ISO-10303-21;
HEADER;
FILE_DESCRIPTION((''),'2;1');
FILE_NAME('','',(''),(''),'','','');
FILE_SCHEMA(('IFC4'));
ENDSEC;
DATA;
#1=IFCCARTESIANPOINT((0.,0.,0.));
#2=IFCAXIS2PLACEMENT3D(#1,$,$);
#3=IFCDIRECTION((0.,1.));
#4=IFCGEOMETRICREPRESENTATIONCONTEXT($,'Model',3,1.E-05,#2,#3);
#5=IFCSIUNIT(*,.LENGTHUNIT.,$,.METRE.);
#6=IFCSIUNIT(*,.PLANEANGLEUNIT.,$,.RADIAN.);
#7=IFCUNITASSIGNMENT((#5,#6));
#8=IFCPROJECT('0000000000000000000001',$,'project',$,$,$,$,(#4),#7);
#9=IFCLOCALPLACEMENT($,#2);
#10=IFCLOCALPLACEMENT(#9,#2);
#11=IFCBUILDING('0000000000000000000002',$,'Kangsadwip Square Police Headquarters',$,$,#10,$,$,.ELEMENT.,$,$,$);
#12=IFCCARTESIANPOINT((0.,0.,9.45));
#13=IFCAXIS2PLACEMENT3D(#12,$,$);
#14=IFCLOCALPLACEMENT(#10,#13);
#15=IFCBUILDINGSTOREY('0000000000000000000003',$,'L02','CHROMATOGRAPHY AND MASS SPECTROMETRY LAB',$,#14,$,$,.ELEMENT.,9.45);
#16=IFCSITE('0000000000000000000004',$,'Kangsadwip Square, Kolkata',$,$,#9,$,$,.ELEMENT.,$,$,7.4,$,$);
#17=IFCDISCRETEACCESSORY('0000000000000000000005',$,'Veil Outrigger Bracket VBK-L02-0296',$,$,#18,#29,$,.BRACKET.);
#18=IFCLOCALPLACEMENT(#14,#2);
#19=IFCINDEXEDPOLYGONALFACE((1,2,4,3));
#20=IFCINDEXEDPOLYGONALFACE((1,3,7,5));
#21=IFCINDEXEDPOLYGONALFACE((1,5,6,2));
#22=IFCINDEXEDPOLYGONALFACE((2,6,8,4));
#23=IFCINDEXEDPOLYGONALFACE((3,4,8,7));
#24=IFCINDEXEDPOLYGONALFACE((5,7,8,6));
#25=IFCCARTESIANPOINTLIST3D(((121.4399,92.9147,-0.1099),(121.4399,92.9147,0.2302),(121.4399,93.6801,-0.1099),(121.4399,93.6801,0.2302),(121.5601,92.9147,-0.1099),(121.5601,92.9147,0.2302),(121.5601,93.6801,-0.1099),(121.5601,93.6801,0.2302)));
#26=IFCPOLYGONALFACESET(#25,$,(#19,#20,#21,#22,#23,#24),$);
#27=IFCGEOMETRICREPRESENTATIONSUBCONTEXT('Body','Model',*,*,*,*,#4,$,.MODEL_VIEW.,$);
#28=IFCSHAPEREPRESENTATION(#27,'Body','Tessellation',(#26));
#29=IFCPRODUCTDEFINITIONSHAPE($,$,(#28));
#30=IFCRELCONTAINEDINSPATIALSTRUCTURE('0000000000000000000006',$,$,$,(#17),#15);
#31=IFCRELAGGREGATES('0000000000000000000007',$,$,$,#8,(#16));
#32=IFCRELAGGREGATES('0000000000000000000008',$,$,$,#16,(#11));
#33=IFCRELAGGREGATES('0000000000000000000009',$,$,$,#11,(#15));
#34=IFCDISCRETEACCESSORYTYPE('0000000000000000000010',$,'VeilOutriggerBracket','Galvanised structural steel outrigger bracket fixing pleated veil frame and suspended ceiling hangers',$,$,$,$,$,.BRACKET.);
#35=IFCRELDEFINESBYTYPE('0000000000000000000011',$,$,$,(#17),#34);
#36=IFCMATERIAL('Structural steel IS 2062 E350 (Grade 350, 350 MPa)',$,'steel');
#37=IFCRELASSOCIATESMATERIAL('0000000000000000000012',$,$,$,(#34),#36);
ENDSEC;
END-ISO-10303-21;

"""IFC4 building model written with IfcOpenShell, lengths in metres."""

from ifc_helpers import new_model, si_unit, direction, frame, origin, origin_2d, place, context, subcontext, project, spatial, rectangle, extrude, material, type_object, element, save


model = new_model("IFC4")

# Units and contexts
model_context = context("Model", 3, precision=1e-05, world=origin(), true_north=direction((0.0, 1.0)))
body_context = subcontext(model_context, "Body", "Model", "MODEL_VIEW")
ifc_project = project(units=[si_unit("LENGTHUNIT", "METRE"), si_unit("PLANEANGLEUNIT", "RADIAN")], contexts=[model_context])

# Site, building, storey
site_placement = place(None, origin())
site = spatial("IfcSite", under=ifc_project, at=site_placement, Name="Kangsadwip Square, Kolkata", CompositionType="ELEMENT", RefElevation=7.4)
building_placement = place(site_placement, origin())
building = spatial("IfcBuilding", under=site, at=building_placement, Name="Kangsadwip Square Police Headquarters", CompositionType="ELEMENT")
storey_placement = place(building_placement, frame((0.0, 0.0, 9.45)))
storey = spatial("IfcBuildingStorey", under=building, at=storey_placement, Name="L02", Description="CHROMATOGRAPHY AND MASS SPECTROMETRY LAB", CompositionType="ELEMENT", Elevation=9.45)

# Discrete accessory
ifc_material_1 = material(Name="Structural steel IS 2062 E350 (Grade 350, 350 MPa)", Category="steel")
discrete_accessory_type = type_object("IfcDiscreteAccessoryType", Name="VeilOutriggerBracket", Description="Galvanised structural steel outrigger bracket fixing pleated veil frame and suspended ceiling hangers", PredefinedType="BRACKET", material=ifc_material_1)
discrete_accessory_placement = place(storey_placement, frame((121.5, 93.2974, -0.1099), z_axis=(0.0, 0.0, 1.0), x_axis=(1.0, 0.0, 0.0)))
element("IfcDiscreteAccessory", 1, at=discrete_accessory_placement, inside=storey, type_object=discrete_accessory_type, Name="Veil Outrigger Bracket VBK-L02-0296", PredefinedType="BRACKET", context=body_context, shape_type="SweptSolid", body=[
    extrude(rectangle(XDim=0.1201, YDim=0.7654, at=origin_2d()), origin(), (0.0, 0.0, 1.0), 0.3401),
])

save(model, "model.ifc")
